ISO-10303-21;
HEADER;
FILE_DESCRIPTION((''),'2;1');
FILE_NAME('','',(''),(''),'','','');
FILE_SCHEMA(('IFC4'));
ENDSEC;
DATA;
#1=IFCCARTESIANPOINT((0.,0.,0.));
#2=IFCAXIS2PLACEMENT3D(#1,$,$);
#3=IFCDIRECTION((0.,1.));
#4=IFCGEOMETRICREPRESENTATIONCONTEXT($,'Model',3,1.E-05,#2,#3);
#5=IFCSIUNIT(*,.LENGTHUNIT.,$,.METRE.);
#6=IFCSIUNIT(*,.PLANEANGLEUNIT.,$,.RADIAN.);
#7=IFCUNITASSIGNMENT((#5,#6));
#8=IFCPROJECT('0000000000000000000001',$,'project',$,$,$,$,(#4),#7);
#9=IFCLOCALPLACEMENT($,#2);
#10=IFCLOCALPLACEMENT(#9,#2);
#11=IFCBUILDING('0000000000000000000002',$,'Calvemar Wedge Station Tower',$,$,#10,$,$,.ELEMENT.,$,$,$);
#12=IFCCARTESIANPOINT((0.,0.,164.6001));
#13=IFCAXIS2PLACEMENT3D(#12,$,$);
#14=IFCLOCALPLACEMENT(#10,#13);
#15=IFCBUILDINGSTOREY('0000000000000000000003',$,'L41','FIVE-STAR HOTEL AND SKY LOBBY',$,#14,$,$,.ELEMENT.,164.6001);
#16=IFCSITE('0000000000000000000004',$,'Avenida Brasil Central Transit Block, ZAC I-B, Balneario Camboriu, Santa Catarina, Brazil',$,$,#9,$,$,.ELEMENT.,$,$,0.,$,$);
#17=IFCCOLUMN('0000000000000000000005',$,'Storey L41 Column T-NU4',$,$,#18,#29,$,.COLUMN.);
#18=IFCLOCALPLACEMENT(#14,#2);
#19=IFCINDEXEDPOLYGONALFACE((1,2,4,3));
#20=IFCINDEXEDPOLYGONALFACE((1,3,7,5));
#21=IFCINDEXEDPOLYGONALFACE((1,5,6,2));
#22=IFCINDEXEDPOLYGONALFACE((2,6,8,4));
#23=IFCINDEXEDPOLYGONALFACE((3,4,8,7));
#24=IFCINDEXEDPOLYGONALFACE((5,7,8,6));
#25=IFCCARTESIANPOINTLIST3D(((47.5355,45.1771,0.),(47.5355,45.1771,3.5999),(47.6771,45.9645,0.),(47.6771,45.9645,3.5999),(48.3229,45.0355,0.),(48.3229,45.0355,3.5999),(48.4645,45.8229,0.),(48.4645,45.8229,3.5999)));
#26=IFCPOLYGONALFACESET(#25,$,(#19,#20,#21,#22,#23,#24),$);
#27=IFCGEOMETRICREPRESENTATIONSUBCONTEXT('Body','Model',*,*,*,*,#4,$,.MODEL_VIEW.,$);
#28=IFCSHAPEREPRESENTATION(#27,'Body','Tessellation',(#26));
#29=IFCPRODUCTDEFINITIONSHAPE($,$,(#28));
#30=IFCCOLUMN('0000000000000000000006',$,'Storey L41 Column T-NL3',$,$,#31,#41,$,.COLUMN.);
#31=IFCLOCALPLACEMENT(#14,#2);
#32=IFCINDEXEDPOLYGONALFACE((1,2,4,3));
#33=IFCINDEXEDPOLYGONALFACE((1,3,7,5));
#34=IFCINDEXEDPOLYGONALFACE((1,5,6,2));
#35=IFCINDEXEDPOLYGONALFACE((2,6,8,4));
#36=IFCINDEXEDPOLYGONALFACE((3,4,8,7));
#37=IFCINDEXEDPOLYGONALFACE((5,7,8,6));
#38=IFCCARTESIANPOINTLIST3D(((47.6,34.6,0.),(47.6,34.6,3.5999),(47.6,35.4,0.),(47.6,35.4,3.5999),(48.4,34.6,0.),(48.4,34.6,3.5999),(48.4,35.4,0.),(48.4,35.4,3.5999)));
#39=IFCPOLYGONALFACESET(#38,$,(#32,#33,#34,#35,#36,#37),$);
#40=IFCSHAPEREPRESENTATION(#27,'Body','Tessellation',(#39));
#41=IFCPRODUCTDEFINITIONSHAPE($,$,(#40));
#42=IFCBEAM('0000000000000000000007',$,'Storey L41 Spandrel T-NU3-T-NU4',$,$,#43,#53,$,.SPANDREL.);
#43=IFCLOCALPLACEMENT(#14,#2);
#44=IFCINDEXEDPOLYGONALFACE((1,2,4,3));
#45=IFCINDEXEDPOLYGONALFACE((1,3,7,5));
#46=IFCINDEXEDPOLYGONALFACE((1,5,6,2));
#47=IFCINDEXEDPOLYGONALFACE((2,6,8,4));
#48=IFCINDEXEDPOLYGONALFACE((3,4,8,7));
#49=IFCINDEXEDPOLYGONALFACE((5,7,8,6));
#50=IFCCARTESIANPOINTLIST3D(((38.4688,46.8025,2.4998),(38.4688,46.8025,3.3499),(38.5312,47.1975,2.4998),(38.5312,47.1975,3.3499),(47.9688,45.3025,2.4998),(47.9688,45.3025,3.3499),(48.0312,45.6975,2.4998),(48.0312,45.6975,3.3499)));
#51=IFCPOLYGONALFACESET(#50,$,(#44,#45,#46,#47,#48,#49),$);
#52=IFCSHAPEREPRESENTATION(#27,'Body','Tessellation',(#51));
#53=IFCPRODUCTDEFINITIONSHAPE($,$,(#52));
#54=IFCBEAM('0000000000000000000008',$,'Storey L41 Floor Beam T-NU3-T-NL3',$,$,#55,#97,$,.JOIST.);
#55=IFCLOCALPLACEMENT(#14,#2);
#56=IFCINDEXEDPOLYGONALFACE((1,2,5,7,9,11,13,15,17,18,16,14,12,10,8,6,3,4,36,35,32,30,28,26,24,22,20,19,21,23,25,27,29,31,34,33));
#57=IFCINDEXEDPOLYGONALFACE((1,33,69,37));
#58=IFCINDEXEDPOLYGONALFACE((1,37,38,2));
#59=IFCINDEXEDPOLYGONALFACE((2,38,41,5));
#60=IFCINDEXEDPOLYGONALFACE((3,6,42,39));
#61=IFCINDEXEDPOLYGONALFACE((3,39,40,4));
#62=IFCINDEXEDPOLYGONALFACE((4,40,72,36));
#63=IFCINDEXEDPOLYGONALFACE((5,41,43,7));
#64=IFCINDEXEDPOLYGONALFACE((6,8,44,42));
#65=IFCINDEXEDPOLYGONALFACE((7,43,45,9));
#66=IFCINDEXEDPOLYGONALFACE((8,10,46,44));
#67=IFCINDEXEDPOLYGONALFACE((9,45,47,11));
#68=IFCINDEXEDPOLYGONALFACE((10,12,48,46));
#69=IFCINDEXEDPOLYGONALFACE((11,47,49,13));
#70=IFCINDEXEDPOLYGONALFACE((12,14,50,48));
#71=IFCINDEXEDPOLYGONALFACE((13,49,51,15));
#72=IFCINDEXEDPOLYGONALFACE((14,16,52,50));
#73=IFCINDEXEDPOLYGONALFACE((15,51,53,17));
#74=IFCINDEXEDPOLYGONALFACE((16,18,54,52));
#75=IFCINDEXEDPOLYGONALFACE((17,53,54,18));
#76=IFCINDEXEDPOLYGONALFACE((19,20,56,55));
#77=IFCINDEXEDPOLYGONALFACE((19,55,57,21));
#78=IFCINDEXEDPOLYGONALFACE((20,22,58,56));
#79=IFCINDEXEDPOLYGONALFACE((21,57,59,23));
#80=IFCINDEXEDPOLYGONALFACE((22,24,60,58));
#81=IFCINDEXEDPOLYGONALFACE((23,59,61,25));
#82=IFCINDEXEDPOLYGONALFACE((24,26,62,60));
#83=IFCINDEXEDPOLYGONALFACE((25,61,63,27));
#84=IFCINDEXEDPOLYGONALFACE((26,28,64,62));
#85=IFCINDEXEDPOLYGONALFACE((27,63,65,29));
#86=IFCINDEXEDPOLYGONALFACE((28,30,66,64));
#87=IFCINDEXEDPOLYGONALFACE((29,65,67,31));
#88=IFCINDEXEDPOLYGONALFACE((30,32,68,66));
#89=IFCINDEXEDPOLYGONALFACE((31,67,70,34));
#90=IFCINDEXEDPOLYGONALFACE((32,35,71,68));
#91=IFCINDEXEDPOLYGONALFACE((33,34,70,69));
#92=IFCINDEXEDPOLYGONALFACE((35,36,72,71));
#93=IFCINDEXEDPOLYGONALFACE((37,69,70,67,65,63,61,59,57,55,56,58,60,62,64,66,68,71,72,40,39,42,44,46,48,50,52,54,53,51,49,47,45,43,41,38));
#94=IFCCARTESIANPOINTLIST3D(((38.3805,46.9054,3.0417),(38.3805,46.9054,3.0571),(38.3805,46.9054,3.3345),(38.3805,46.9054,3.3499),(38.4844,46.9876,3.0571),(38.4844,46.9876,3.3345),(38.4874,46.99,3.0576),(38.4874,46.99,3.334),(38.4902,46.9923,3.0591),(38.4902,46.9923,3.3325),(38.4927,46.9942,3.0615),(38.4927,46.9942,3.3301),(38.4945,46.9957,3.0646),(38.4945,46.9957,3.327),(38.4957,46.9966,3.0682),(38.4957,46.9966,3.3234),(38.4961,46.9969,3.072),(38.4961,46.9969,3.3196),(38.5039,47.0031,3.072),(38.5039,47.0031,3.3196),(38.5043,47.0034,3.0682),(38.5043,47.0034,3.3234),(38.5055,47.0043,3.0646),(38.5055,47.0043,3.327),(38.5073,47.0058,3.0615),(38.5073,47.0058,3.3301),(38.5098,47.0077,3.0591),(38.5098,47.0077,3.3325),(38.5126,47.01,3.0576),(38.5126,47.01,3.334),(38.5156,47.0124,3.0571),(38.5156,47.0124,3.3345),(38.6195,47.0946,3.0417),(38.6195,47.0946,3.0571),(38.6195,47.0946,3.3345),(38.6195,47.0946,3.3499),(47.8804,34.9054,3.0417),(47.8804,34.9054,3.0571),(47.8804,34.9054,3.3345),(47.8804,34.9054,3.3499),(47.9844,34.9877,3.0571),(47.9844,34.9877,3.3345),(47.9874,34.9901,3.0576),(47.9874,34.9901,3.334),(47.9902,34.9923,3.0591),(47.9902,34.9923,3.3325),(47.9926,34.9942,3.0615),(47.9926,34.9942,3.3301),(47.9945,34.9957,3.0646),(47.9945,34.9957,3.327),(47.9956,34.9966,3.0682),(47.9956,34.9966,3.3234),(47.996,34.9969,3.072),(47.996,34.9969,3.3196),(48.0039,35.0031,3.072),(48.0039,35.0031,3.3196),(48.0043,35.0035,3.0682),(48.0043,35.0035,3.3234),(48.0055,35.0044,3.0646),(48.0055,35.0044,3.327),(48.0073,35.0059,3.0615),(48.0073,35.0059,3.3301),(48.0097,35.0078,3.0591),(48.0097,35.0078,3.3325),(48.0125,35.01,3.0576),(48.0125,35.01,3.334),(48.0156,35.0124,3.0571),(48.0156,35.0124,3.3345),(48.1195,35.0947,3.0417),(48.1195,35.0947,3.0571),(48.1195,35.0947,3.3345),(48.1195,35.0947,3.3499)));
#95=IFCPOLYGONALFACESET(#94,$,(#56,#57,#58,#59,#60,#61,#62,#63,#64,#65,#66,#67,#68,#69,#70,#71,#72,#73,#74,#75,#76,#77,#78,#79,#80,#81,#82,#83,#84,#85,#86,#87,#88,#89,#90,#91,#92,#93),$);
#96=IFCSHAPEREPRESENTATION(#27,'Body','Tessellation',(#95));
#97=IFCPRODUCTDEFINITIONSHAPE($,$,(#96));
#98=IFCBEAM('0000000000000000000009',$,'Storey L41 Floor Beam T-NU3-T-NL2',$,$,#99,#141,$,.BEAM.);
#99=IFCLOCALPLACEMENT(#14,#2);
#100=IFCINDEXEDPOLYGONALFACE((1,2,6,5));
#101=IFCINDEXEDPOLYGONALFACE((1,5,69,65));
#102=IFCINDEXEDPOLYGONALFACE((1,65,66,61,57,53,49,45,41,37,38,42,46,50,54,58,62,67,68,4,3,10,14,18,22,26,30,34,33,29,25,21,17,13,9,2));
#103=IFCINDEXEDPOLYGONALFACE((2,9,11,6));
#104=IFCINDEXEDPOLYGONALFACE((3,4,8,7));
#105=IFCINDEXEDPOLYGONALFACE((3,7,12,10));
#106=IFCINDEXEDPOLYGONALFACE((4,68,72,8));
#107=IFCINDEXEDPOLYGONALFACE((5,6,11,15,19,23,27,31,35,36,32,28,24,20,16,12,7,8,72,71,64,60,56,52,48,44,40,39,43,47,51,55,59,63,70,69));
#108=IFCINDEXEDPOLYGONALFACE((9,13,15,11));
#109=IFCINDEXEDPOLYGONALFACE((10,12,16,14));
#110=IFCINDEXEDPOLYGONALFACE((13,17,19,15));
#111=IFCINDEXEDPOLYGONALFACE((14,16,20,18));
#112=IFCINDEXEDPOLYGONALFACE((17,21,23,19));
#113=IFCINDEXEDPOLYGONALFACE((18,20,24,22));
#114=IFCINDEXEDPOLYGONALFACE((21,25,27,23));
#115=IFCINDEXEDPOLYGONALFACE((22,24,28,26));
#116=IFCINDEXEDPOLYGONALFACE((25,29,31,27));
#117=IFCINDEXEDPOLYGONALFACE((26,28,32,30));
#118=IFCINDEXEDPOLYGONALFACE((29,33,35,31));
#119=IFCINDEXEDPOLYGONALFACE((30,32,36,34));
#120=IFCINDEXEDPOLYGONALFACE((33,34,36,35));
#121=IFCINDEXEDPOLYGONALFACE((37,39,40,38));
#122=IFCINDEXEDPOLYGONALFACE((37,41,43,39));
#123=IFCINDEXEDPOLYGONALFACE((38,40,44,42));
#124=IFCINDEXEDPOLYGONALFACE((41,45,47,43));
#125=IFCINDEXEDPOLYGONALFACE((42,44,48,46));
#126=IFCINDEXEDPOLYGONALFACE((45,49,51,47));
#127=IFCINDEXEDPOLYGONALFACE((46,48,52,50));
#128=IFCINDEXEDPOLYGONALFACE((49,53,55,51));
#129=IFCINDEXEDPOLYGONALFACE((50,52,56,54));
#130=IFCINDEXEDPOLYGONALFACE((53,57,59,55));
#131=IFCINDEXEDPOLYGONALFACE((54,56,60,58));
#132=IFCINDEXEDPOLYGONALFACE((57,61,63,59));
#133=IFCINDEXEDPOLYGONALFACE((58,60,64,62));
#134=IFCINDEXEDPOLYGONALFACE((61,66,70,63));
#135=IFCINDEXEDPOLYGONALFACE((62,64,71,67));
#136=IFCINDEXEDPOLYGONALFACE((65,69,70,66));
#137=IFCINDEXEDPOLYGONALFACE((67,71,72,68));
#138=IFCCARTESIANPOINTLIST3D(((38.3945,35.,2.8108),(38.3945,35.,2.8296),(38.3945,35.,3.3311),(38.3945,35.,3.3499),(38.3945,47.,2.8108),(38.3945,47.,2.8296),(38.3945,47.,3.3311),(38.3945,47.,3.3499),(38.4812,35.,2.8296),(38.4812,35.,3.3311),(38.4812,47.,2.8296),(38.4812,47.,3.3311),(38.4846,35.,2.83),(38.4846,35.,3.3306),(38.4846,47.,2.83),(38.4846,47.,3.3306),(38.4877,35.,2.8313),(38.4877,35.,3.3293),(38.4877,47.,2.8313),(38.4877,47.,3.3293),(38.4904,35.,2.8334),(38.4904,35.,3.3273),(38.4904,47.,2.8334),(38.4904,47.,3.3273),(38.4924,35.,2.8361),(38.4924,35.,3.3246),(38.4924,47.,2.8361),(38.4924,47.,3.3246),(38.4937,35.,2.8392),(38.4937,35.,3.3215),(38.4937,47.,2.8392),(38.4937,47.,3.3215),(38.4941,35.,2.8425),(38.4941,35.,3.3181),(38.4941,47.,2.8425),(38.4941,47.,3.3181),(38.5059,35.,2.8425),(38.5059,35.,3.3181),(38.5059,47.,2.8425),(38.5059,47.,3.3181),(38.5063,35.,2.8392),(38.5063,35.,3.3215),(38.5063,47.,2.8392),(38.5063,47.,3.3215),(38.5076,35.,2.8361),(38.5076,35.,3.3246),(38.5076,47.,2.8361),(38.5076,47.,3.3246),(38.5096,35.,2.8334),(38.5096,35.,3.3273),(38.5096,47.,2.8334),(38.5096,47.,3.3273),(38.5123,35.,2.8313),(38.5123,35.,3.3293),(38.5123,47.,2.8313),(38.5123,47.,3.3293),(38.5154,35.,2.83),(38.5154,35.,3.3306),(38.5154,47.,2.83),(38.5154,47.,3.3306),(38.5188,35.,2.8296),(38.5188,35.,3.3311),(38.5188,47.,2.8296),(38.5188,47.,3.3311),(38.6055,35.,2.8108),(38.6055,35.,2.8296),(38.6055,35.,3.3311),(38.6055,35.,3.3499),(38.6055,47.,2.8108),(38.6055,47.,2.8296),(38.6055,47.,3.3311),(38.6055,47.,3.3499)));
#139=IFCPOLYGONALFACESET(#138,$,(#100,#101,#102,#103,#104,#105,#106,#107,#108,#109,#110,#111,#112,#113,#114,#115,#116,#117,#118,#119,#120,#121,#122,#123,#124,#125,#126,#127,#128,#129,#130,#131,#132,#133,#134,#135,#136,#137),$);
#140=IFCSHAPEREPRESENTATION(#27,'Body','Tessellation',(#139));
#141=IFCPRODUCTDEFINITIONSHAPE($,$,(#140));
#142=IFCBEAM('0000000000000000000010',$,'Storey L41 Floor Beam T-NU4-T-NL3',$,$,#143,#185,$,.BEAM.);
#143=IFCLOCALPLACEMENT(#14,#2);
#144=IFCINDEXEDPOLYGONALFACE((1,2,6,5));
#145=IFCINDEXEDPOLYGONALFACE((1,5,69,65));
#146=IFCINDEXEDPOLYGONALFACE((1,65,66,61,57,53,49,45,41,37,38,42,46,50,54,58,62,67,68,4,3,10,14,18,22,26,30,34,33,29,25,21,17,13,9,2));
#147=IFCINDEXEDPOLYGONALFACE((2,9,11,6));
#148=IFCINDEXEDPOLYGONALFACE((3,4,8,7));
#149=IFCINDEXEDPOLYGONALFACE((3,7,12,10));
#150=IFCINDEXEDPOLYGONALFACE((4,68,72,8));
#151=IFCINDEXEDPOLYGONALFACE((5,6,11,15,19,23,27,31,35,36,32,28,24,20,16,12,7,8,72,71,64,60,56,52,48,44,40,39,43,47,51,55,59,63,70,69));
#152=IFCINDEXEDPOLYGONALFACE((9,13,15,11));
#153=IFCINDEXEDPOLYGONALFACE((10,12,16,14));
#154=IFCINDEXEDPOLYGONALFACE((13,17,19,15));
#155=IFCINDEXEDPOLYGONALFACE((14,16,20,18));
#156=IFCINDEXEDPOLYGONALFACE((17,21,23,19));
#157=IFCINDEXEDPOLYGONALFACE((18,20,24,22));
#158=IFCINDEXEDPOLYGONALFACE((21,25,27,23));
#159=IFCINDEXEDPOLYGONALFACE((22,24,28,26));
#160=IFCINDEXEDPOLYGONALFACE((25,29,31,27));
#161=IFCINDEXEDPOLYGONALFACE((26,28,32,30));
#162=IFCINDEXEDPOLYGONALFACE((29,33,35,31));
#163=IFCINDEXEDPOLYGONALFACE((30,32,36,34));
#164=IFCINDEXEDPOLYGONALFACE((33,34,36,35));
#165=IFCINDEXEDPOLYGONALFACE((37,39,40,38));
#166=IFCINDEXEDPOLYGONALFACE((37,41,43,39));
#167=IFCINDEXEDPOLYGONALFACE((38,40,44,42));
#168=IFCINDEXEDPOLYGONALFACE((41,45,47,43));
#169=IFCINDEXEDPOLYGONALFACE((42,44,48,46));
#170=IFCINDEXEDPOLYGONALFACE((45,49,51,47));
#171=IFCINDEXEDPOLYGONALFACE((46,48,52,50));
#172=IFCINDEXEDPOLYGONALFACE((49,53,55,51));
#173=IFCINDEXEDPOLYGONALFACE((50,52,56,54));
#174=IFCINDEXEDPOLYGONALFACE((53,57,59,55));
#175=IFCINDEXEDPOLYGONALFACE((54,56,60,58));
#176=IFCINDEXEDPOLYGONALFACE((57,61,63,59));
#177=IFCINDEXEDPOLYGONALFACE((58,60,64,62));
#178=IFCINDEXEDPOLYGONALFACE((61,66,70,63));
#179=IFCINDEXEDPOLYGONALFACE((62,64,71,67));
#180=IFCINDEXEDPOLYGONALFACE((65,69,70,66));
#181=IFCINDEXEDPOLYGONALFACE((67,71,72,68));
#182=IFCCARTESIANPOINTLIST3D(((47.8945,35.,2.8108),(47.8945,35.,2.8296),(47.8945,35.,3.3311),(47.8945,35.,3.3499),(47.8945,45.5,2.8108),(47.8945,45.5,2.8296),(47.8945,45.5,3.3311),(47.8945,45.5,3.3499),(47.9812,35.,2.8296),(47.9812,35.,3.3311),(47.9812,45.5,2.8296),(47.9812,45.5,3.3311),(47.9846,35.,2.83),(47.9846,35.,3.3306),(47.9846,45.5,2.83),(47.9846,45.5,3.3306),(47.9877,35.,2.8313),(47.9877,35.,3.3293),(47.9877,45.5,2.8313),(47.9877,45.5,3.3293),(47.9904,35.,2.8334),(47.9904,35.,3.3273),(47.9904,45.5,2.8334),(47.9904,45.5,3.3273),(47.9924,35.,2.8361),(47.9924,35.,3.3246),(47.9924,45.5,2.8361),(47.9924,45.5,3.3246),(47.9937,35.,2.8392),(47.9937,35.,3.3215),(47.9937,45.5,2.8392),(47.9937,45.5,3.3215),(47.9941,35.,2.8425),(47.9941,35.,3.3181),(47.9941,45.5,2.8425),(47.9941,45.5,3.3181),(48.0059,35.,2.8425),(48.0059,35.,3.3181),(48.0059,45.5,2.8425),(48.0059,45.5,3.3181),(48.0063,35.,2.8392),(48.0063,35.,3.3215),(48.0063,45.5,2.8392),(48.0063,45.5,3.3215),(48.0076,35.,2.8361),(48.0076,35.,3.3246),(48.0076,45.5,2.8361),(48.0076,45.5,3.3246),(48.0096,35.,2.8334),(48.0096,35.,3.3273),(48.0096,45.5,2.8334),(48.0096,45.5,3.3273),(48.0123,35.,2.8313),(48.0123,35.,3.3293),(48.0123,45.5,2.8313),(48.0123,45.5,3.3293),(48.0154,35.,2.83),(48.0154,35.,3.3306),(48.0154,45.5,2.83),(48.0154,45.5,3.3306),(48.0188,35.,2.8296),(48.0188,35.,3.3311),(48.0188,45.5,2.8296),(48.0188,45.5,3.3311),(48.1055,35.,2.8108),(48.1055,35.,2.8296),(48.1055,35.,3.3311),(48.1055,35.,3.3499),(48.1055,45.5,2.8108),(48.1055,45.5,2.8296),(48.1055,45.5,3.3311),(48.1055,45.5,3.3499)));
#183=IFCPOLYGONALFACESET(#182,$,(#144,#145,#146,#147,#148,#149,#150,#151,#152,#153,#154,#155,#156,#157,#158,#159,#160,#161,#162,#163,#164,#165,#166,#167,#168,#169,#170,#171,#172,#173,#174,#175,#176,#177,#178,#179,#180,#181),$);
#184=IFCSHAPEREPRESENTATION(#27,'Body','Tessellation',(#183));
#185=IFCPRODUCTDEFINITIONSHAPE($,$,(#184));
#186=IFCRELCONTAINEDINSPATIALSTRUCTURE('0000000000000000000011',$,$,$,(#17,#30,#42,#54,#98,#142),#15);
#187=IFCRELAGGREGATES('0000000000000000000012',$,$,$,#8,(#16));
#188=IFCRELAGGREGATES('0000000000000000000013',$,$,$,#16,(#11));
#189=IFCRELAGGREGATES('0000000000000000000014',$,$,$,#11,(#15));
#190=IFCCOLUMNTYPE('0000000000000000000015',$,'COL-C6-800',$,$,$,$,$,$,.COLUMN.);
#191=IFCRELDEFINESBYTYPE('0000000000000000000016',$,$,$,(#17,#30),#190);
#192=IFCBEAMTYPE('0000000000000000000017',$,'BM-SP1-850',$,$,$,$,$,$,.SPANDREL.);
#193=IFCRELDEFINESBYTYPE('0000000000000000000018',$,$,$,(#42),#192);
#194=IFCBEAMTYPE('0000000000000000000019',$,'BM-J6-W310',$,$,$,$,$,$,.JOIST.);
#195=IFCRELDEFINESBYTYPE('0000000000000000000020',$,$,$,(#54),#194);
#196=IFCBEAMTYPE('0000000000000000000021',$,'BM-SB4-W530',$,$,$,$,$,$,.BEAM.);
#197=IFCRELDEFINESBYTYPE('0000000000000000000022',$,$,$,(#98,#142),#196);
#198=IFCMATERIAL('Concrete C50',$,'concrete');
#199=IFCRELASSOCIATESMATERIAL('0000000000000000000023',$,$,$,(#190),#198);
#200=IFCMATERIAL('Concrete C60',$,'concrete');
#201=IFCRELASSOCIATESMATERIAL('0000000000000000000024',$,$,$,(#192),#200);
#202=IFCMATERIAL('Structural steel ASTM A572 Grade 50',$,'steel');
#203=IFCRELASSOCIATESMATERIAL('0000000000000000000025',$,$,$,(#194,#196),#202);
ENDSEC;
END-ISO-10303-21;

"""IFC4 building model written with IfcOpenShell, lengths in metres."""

from ifc_helpers import new_model, si_unit, direction, frame, origin, origin_2d, place, context, subcontext, project, spatial, rectangle, i_section, extrude, source, transform, mapped, material, material_profile, profile_set, type_object, element, save


model = new_model("IFC4")

# Units and contexts
model_context = context("Model", 3, precision=1e-05, world=origin(), true_north=direction((0.0, 1.0)))
body_context = subcontext(model_context, "Body", "Model", "MODEL_VIEW")
ifc_project = project(units=[si_unit("LENGTHUNIT", "METRE"), si_unit("PLANEANGLEUNIT", "RADIAN")], contexts=[model_context])

# Site, building, storey
site_placement = place(None, origin())
site = spatial("IfcSite", under=ifc_project, at=site_placement, Name="Avenida Brasil Central Transit Block, ZAC I-B, Balneario Camboriu, Santa Catarina, Brazil", CompositionType="ELEMENT", RefElevation=0.0)
building_placement = place(site_placement, origin())
building = spatial("IfcBuilding", under=site, at=building_placement, Name="Calvemar Wedge Station Tower", CompositionType="ELEMENT")
storey_placement = place(building_placement, frame((0.0, 0.0, 164.6001)))
storey = spatial("IfcBuildingStorey", under=building, at=storey_placement, Name="L41", Description="FIVE-STAR HOTEL AND SKY LOBBY", CompositionType="ELEMENT", Elevation=164.6001)

# Columns
ifc_material_1 = material(Name="Concrete C50", Category="concrete")
ifc_material_profile_1 = material_profile(ifc_material_1, rectangle(XDim=0.8, YDim=0.8, at=origin_2d()), Name="RC800x800")
ifc_profile_set_1 = profile_set([ifc_material_profile_1], Name="Concrete C50")
column_type = type_object("IfcColumnType", Name="COL-C6-800", PredefinedType="COLUMN", material=ifc_profile_set_1)
shared_shape_1 = source(origin(), body_context, "Body", "SweptSolid", [
    extrude(rectangle(XDim=0.8, YDim=0.8, at=origin_2d()), origin(), (0.0, 0.0, 1.0), 3.5999),
])
for number, where, z_axis, x_axis, name in (
    (1, (48.0, 45.5, 0.0), (0.0, 0.0, 1.0), (0.984196, -0.177085, 0.0), "Storey L41 Column T-NU4"),
    (2, (48.0, 35.0, 0.0), (0.0, 0.0, 1.0), (1.0, 0.0, 0.0), "Storey L41 Column T-NL3"),
):
    element("IfcColumn", number, at=place(storey_placement, frame(where, z_axis=z_axis, x_axis=x_axis)), inside=storey, type_object=column_type, Name=name, PredefinedType="COLUMN", context=body_context, shape_type="MappedRepresentation", body=[
        mapped(shared_shape_1, transform((0.0, 0.0, 0.0), scale=1.0)),
    ])

# Beams
ifc_material_2 = material(Name="Concrete C60", Category="concrete")
ifc_material_profile_2 = material_profile(ifc_material_2, rectangle(XDim=0.3999, YDim=0.8501, at=origin_2d()), Name="RC400x850")
ifc_profile_set_2 = profile_set([ifc_material_profile_2], Name="Concrete C60")
beam_type_1 = type_object("IfcBeamType", Name="BM-SP1-850", PredefinedType="SPANDREL", material=ifc_profile_set_2)
shared_shape_2 = source(origin(), body_context, "Body", "SweptSolid", [
    extrude(rectangle(XDim=0.3999, YDim=0.8501, at=origin_2d()), origin(), (0.0, 0.0, 1.0), 9.6177),
])
beam_1_placement = place(storey_placement, frame((38.5, 47.0, 2.9248), z_axis=(0.987763, -0.155963, 0.0), x_axis=(0.155963, 0.987763, 0.0)))
element("IfcBeam", 3, at=beam_1_placement, inside=storey, type_object=beam_type_1, Name="Storey L41 Spandrel T-NU3-T-NU4", PredefinedType="SPANDREL", context=body_context, shape_type="MappedRepresentation", body=[
    mapped(shared_shape_2, transform((0.0, 0.0, 0.0), scale=1.0)),
])
ifc_material_3 = material(Name="Structural steel ASTM A572 Grade 50", Category="steel")
ifc_material_profile_3 = material_profile(ifc_material_3, i_section(OverallWidth=0.3049, OverallDepth=0.3081, WebThickness=0.01, FlangeThickness=0.0154, FilletRadius=0.0149, at=origin_2d()), Name="W310x97")
ifc_profile_set_3 = profile_set([ifc_material_profile_3], Name="Structural steel ASTM A572 Grade 50")
beam_type_2 = type_object("IfcBeamType", Name="BM-J6-W310", PredefinedType="JOIST", material=ifc_profile_set_3)
shared_shape_3 = source(origin(), body_context, "Body", "SweptSolid", [
    extrude(i_section(OverallWidth=0.3049, OverallDepth=0.3081, WebThickness=0.01, FlangeThickness=0.0154, FilletRadius=0.0149, at=origin_2d()), origin(), (0.0, 0.0, 1.0), 15.3052),
])
beam_2_placement = place(storey_placement, frame((38.5, 47.0, 3.1958), z_axis=(0.620703, -0.784046, 0.0), x_axis=(0.784046, 0.620703, 0.0)))
element("IfcBeam", 4, at=beam_2_placement, inside=storey, type_object=beam_type_2, Name="Storey L41 Floor Beam T-NU3-T-NL3", PredefinedType="JOIST", context=body_context, shape_type="MappedRepresentation", body=[
    mapped(shared_shape_3, transform((0.0, 0.0, 0.0), scale=1.0)),
])
ifc_material_profile_4 = material_profile(ifc_material_3, i_section(OverallWidth=0.2109, OverallDepth=0.5391, WebThickness=0.0117, FlangeThickness=0.0188, FilletRadius=0.0129, at=origin_2d()), Name="W530x109")
ifc_profile_set_4 = profile_set([ifc_material_profile_4], Name="Structural steel ASTM A572 Grade 50")
beam_type_3 = type_object("IfcBeamType", Name="BM-SB4-W530", PredefinedType="BEAM", material=ifc_profile_set_4)
shared_shape_4 = source(origin(), body_context, "Body", "SweptSolid", [
    extrude(i_section(OverallWidth=0.2109, OverallDepth=0.5391, WebThickness=0.0117, FlangeThickness=0.0188, FilletRadius=0.0129, at=origin_2d()), origin(), (0.0, 0.0, 1.0), 12.0),
])
beam_3_placement = place(storey_placement, frame((38.5, 47.0, 3.0803), z_axis=(0.0, -1.0, 0.0), x_axis=(1.0, 0.0, 0.0)))
element("IfcBeam", 5, at=beam_3_placement, inside=storey, type_object=beam_type_3, Name="Storey L41 Floor Beam T-NU3-T-NL2", PredefinedType="BEAM", context=body_context, shape_type="MappedRepresentation", body=[
    mapped(shared_shape_4, transform((0.0, 0.0, 0.0), scale=1.0)),
])
shared_shape_5 = source(origin(), body_context, "Body", "SweptSolid", [
    extrude(i_section(OverallWidth=0.2109, OverallDepth=0.5391, WebThickness=0.0117, FlangeThickness=0.0188, FilletRadius=0.0129, at=origin_2d()), origin(), (0.0, 0.0, 1.0), 10.5),
])
beam_4_placement = place(storey_placement, frame((48.0, 45.5, 3.0803), z_axis=(0.0, -1.0, 0.0), x_axis=(1.0, 0.0, 0.0)))
element("IfcBeam", 6, at=beam_4_placement, inside=storey, type_object=beam_type_3, Name="Storey L41 Floor Beam T-NU4-T-NL3", PredefinedType="BEAM", context=body_context, shape_type="MappedRepresentation", body=[
    mapped(shared_shape_5, transform((0.0, 0.0, 0.0), scale=1.0)),
])

save(model, "model.ifc")
